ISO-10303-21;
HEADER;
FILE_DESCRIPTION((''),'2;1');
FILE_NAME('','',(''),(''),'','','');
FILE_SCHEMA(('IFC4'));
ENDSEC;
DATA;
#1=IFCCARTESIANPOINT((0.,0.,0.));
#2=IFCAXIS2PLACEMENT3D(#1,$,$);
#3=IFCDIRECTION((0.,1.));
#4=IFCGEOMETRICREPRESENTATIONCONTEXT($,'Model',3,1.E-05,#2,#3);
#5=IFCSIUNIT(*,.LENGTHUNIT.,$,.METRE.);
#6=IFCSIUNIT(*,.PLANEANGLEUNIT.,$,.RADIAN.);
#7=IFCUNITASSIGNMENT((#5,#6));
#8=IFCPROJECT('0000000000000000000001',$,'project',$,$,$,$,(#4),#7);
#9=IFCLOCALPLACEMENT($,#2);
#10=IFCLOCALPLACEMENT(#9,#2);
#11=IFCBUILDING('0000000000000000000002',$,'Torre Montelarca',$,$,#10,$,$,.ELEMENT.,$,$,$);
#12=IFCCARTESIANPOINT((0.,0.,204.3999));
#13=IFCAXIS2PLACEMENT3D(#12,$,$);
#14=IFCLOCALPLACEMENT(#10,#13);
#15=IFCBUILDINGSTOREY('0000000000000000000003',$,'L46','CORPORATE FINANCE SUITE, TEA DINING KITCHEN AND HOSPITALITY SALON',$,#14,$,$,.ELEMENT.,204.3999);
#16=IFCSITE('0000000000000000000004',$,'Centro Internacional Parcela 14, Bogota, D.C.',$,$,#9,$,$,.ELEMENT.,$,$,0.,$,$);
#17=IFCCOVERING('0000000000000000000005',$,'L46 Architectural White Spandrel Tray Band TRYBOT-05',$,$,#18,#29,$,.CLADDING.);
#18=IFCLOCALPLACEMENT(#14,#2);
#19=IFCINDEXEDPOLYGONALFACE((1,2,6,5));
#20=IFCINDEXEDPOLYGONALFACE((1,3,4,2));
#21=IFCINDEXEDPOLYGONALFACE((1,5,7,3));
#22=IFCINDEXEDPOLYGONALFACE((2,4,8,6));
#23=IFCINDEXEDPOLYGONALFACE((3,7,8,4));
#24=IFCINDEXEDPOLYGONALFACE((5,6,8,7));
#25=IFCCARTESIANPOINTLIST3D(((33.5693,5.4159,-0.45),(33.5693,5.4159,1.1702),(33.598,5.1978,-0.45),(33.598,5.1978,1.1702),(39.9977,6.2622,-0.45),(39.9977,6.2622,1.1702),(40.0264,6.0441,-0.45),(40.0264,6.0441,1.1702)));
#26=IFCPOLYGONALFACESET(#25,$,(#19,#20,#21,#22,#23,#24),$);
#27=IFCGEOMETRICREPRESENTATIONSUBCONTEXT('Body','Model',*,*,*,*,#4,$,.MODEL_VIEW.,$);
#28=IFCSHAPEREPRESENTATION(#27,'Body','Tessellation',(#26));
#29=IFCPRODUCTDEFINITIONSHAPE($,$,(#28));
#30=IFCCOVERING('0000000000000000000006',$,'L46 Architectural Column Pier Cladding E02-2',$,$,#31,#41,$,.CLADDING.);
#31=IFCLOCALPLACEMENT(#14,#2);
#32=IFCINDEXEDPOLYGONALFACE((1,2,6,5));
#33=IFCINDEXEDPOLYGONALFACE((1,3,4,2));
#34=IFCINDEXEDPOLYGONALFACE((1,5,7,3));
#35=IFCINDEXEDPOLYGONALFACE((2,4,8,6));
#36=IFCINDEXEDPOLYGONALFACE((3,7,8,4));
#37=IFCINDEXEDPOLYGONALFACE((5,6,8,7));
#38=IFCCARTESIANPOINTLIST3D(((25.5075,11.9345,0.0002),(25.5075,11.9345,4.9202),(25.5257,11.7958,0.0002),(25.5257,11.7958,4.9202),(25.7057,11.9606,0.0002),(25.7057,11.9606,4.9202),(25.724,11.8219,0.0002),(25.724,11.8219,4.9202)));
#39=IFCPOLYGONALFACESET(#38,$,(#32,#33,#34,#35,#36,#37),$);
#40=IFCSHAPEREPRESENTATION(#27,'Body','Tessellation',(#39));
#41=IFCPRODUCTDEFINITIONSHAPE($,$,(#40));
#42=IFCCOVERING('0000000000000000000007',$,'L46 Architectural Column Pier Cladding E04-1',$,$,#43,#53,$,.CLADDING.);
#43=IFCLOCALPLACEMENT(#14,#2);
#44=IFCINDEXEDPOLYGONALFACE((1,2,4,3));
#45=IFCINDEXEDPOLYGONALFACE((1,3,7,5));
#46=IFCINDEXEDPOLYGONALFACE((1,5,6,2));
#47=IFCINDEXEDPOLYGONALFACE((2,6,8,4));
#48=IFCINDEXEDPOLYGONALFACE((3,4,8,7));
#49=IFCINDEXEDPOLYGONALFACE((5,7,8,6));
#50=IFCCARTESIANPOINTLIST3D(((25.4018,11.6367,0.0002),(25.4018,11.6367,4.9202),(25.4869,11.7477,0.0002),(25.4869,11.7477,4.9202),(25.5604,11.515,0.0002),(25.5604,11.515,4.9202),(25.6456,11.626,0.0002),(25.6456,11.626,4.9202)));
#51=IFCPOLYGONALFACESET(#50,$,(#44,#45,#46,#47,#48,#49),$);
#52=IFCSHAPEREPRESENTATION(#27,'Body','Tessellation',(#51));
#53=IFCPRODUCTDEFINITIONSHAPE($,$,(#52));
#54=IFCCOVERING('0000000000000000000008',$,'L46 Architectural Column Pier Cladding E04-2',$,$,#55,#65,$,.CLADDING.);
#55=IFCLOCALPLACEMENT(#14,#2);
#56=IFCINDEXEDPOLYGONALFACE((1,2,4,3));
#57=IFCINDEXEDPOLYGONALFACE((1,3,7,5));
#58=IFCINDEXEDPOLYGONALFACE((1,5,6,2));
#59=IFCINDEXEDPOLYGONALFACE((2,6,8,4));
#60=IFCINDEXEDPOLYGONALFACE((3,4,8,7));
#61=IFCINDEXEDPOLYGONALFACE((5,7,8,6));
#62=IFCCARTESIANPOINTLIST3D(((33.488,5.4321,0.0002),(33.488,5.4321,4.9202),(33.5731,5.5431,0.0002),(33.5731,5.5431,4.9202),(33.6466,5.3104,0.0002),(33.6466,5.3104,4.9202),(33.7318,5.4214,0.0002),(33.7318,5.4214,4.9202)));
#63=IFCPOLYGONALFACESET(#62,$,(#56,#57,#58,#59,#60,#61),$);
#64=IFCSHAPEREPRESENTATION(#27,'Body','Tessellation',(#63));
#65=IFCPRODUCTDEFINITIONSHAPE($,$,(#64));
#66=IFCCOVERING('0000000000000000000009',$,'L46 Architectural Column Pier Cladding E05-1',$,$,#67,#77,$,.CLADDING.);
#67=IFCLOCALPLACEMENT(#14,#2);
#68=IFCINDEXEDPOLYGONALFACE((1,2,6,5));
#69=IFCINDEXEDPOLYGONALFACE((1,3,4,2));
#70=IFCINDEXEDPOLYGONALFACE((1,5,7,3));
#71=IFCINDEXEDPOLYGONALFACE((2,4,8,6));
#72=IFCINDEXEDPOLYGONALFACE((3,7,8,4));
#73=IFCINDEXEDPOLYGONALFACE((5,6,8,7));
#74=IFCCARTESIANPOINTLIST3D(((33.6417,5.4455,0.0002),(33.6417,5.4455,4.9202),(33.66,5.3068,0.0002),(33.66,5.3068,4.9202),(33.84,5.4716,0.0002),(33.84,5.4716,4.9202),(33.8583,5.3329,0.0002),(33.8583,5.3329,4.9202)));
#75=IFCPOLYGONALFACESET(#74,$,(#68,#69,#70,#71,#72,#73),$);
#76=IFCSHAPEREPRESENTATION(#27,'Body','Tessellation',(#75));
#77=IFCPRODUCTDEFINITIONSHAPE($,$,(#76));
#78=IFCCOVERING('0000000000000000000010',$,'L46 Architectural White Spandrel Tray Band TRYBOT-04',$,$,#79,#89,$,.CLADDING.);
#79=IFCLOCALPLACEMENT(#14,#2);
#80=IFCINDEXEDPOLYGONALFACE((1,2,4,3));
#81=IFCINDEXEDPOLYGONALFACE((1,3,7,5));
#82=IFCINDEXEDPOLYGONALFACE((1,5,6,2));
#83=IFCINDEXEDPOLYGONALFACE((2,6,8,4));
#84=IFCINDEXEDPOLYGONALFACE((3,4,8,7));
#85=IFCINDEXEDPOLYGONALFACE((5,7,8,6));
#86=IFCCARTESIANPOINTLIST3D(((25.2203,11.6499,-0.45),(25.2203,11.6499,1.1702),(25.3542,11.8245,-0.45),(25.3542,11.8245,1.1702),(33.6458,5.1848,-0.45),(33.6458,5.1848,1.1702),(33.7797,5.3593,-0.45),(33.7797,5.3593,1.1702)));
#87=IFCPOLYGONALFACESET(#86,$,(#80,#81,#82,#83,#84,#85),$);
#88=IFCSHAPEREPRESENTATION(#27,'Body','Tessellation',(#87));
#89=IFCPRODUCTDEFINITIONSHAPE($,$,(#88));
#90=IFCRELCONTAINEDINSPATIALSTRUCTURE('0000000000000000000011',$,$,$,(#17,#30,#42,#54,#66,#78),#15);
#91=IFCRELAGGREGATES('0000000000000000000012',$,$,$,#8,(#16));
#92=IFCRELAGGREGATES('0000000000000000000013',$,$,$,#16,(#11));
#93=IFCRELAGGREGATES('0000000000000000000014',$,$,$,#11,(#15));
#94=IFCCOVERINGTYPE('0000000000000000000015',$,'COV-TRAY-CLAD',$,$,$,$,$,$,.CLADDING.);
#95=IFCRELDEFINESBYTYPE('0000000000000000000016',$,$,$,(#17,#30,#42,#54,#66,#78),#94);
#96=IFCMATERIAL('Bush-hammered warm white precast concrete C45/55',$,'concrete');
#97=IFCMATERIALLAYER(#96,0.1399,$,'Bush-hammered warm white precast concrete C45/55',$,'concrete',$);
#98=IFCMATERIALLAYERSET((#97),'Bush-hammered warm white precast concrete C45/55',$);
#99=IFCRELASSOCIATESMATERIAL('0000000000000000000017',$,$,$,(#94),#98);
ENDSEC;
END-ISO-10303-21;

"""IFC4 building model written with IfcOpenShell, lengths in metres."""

from ifc_helpers import new_model, si_unit, direction, frame, origin, origin_2d, place, context, subcontext, project, spatial, rectangle, extrude, source, transform, mapped, material, layer, layer_set, type_object, element, save


model = new_model("IFC4")

# Units and contexts
model_context = context("Model", 3, precision=1e-05, world=origin(), true_north=direction((0.0, 1.0)))
body_context = subcontext(model_context, "Body", "Model", "MODEL_VIEW")
ifc_project = project(units=[si_unit("LENGTHUNIT", "METRE"), si_unit("PLANEANGLEUNIT", "RADIAN")], contexts=[model_context])

# Site, building, storey
site_placement = place(None, origin())
site = spatial("IfcSite", under=ifc_project, at=site_placement, Name="Centro Internacional Parcela 14, Bogota, D.C.", CompositionType="ELEMENT", RefElevation=0.0)
building_placement = place(site_placement, origin())
building = spatial("IfcBuilding", under=site, at=building_placement, Name="Torre Montelarca", CompositionType="ELEMENT")
storey_placement = place(building_placement, frame((0.0, 0.0, 204.3999)))
storey = spatial("IfcBuildingStorey", under=building, at=storey_placement, Name="L46", Description="CORPORATE FINANCE SUITE, TEA DINING KITCHEN AND HOSPITALITY SALON", CompositionType="ELEMENT", Elevation=204.3999)

# Coverings
ifc_material_1 = material(Name="Bush-hammered warm white precast concrete C45/55", Category="concrete")
ifc_layer_1 = layer(ifc_material_1, 0.1399, Name="Bush-hammered warm white precast concrete C45/55", Category="concrete")
ifc_layer_set_1 = layer_set([ifc_layer_1], Name="Bush-hammered warm white precast concrete C45/55")
covering_type = type_object("IfcCoveringType", Name="COV-TRAY-CLAD", PredefinedType="CLADDING", material=ifc_layer_set_1)
shared_shape_1 = source(origin(), body_context, "Body", "SweptSolid", [
    extrude(rectangle(XDim=6.4839, YDim=0.22, at=origin_2d()), origin(), (0.0, 0.0, 1.0), 1.6201),
])
for number, where, z_axis, x_axis, name in (
    (1, (36.7979, 5.73, -0.45), (0.0, 0.0, 1.0), (0.991444, 0.13053, 0.0), "L46 Architectural White Spandrel Tray Band TRYBOT-05"),
):
    element("IfcCovering", number, at=place(storey_placement, frame(where, z_axis=z_axis, x_axis=x_axis)), inside=storey, type_object=covering_type, Name=name, PredefinedType="CLADDING", context=body_context, shape_type="MappedRepresentation", body=[
        mapped(shared_shape_1, transform((0.0, 0.0, 0.0), scale=1.0)),
    ])
shared_shape_2 = source(origin(), body_context, "Body", "SweptSolid", [
    extrude(rectangle(XDim=0.2, YDim=0.1399, at=origin_2d()), origin(), (0.0, 0.0, 1.0), 4.9199),
])
for number, where, z_axis, x_axis, name in (
    (2, (25.6157, 11.8782, 0.0002), (0.0, 0.0, 1.0), (0.991447, 0.130512, 0.0), "L46 Architectural Column Pier Cladding E02-2"),
    (3, (25.5237, 11.6313, 0.0002), (0.0, 0.0, 1.0), (0.793351, -0.608764, 0.0), "L46 Architectural Column Pier Cladding E04-1"),
    (4, (33.6099, 5.4268, 0.0002), (0.0, 0.0, 1.0), (0.793351, -0.608764, 0.0), "L46 Architectural Column Pier Cladding E04-2"),
    (5, (33.75, 5.3892, 0.0002), (0.0, 0.0, 1.0), (0.991444, 0.13053, 0.0), "L46 Architectural Column Pier Cladding E05-1"),
):
    element("IfcCovering", number, at=place(storey_placement, frame(where, z_axis=z_axis, x_axis=x_axis)), inside=storey, type_object=covering_type, Name=name, PredefinedType="CLADDING", context=body_context, shape_type="MappedRepresentation", body=[
        mapped(shared_shape_2, transform((0.0, 0.0, 0.0), scale=1.0)),
    ])
shared_shape_3 = source(origin(), body_context, "Body", "SweptSolid", [
    extrude(rectangle(XDim=10.6201, YDim=0.22, at=origin_2d()), origin(), (0.0, 0.0, 1.0), 1.6201),
])
covering_placement = place(storey_placement, frame((29.5, 8.5046, -0.45), z_axis=(0.0, 0.0, 1.0), x_axis=(0.793352, -0.608763, 0.0)))
element("IfcCovering", 6, at=covering_placement, inside=storey, type_object=covering_type, Name="L46 Architectural White Spandrel Tray Band TRYBOT-04", PredefinedType="CLADDING", context=body_context, shape_type="MappedRepresentation", body=[
    mapped(shared_shape_3, transform((0.0, 0.0, 0.0), scale=1.0)),
])

save(model, "model.ifc")
